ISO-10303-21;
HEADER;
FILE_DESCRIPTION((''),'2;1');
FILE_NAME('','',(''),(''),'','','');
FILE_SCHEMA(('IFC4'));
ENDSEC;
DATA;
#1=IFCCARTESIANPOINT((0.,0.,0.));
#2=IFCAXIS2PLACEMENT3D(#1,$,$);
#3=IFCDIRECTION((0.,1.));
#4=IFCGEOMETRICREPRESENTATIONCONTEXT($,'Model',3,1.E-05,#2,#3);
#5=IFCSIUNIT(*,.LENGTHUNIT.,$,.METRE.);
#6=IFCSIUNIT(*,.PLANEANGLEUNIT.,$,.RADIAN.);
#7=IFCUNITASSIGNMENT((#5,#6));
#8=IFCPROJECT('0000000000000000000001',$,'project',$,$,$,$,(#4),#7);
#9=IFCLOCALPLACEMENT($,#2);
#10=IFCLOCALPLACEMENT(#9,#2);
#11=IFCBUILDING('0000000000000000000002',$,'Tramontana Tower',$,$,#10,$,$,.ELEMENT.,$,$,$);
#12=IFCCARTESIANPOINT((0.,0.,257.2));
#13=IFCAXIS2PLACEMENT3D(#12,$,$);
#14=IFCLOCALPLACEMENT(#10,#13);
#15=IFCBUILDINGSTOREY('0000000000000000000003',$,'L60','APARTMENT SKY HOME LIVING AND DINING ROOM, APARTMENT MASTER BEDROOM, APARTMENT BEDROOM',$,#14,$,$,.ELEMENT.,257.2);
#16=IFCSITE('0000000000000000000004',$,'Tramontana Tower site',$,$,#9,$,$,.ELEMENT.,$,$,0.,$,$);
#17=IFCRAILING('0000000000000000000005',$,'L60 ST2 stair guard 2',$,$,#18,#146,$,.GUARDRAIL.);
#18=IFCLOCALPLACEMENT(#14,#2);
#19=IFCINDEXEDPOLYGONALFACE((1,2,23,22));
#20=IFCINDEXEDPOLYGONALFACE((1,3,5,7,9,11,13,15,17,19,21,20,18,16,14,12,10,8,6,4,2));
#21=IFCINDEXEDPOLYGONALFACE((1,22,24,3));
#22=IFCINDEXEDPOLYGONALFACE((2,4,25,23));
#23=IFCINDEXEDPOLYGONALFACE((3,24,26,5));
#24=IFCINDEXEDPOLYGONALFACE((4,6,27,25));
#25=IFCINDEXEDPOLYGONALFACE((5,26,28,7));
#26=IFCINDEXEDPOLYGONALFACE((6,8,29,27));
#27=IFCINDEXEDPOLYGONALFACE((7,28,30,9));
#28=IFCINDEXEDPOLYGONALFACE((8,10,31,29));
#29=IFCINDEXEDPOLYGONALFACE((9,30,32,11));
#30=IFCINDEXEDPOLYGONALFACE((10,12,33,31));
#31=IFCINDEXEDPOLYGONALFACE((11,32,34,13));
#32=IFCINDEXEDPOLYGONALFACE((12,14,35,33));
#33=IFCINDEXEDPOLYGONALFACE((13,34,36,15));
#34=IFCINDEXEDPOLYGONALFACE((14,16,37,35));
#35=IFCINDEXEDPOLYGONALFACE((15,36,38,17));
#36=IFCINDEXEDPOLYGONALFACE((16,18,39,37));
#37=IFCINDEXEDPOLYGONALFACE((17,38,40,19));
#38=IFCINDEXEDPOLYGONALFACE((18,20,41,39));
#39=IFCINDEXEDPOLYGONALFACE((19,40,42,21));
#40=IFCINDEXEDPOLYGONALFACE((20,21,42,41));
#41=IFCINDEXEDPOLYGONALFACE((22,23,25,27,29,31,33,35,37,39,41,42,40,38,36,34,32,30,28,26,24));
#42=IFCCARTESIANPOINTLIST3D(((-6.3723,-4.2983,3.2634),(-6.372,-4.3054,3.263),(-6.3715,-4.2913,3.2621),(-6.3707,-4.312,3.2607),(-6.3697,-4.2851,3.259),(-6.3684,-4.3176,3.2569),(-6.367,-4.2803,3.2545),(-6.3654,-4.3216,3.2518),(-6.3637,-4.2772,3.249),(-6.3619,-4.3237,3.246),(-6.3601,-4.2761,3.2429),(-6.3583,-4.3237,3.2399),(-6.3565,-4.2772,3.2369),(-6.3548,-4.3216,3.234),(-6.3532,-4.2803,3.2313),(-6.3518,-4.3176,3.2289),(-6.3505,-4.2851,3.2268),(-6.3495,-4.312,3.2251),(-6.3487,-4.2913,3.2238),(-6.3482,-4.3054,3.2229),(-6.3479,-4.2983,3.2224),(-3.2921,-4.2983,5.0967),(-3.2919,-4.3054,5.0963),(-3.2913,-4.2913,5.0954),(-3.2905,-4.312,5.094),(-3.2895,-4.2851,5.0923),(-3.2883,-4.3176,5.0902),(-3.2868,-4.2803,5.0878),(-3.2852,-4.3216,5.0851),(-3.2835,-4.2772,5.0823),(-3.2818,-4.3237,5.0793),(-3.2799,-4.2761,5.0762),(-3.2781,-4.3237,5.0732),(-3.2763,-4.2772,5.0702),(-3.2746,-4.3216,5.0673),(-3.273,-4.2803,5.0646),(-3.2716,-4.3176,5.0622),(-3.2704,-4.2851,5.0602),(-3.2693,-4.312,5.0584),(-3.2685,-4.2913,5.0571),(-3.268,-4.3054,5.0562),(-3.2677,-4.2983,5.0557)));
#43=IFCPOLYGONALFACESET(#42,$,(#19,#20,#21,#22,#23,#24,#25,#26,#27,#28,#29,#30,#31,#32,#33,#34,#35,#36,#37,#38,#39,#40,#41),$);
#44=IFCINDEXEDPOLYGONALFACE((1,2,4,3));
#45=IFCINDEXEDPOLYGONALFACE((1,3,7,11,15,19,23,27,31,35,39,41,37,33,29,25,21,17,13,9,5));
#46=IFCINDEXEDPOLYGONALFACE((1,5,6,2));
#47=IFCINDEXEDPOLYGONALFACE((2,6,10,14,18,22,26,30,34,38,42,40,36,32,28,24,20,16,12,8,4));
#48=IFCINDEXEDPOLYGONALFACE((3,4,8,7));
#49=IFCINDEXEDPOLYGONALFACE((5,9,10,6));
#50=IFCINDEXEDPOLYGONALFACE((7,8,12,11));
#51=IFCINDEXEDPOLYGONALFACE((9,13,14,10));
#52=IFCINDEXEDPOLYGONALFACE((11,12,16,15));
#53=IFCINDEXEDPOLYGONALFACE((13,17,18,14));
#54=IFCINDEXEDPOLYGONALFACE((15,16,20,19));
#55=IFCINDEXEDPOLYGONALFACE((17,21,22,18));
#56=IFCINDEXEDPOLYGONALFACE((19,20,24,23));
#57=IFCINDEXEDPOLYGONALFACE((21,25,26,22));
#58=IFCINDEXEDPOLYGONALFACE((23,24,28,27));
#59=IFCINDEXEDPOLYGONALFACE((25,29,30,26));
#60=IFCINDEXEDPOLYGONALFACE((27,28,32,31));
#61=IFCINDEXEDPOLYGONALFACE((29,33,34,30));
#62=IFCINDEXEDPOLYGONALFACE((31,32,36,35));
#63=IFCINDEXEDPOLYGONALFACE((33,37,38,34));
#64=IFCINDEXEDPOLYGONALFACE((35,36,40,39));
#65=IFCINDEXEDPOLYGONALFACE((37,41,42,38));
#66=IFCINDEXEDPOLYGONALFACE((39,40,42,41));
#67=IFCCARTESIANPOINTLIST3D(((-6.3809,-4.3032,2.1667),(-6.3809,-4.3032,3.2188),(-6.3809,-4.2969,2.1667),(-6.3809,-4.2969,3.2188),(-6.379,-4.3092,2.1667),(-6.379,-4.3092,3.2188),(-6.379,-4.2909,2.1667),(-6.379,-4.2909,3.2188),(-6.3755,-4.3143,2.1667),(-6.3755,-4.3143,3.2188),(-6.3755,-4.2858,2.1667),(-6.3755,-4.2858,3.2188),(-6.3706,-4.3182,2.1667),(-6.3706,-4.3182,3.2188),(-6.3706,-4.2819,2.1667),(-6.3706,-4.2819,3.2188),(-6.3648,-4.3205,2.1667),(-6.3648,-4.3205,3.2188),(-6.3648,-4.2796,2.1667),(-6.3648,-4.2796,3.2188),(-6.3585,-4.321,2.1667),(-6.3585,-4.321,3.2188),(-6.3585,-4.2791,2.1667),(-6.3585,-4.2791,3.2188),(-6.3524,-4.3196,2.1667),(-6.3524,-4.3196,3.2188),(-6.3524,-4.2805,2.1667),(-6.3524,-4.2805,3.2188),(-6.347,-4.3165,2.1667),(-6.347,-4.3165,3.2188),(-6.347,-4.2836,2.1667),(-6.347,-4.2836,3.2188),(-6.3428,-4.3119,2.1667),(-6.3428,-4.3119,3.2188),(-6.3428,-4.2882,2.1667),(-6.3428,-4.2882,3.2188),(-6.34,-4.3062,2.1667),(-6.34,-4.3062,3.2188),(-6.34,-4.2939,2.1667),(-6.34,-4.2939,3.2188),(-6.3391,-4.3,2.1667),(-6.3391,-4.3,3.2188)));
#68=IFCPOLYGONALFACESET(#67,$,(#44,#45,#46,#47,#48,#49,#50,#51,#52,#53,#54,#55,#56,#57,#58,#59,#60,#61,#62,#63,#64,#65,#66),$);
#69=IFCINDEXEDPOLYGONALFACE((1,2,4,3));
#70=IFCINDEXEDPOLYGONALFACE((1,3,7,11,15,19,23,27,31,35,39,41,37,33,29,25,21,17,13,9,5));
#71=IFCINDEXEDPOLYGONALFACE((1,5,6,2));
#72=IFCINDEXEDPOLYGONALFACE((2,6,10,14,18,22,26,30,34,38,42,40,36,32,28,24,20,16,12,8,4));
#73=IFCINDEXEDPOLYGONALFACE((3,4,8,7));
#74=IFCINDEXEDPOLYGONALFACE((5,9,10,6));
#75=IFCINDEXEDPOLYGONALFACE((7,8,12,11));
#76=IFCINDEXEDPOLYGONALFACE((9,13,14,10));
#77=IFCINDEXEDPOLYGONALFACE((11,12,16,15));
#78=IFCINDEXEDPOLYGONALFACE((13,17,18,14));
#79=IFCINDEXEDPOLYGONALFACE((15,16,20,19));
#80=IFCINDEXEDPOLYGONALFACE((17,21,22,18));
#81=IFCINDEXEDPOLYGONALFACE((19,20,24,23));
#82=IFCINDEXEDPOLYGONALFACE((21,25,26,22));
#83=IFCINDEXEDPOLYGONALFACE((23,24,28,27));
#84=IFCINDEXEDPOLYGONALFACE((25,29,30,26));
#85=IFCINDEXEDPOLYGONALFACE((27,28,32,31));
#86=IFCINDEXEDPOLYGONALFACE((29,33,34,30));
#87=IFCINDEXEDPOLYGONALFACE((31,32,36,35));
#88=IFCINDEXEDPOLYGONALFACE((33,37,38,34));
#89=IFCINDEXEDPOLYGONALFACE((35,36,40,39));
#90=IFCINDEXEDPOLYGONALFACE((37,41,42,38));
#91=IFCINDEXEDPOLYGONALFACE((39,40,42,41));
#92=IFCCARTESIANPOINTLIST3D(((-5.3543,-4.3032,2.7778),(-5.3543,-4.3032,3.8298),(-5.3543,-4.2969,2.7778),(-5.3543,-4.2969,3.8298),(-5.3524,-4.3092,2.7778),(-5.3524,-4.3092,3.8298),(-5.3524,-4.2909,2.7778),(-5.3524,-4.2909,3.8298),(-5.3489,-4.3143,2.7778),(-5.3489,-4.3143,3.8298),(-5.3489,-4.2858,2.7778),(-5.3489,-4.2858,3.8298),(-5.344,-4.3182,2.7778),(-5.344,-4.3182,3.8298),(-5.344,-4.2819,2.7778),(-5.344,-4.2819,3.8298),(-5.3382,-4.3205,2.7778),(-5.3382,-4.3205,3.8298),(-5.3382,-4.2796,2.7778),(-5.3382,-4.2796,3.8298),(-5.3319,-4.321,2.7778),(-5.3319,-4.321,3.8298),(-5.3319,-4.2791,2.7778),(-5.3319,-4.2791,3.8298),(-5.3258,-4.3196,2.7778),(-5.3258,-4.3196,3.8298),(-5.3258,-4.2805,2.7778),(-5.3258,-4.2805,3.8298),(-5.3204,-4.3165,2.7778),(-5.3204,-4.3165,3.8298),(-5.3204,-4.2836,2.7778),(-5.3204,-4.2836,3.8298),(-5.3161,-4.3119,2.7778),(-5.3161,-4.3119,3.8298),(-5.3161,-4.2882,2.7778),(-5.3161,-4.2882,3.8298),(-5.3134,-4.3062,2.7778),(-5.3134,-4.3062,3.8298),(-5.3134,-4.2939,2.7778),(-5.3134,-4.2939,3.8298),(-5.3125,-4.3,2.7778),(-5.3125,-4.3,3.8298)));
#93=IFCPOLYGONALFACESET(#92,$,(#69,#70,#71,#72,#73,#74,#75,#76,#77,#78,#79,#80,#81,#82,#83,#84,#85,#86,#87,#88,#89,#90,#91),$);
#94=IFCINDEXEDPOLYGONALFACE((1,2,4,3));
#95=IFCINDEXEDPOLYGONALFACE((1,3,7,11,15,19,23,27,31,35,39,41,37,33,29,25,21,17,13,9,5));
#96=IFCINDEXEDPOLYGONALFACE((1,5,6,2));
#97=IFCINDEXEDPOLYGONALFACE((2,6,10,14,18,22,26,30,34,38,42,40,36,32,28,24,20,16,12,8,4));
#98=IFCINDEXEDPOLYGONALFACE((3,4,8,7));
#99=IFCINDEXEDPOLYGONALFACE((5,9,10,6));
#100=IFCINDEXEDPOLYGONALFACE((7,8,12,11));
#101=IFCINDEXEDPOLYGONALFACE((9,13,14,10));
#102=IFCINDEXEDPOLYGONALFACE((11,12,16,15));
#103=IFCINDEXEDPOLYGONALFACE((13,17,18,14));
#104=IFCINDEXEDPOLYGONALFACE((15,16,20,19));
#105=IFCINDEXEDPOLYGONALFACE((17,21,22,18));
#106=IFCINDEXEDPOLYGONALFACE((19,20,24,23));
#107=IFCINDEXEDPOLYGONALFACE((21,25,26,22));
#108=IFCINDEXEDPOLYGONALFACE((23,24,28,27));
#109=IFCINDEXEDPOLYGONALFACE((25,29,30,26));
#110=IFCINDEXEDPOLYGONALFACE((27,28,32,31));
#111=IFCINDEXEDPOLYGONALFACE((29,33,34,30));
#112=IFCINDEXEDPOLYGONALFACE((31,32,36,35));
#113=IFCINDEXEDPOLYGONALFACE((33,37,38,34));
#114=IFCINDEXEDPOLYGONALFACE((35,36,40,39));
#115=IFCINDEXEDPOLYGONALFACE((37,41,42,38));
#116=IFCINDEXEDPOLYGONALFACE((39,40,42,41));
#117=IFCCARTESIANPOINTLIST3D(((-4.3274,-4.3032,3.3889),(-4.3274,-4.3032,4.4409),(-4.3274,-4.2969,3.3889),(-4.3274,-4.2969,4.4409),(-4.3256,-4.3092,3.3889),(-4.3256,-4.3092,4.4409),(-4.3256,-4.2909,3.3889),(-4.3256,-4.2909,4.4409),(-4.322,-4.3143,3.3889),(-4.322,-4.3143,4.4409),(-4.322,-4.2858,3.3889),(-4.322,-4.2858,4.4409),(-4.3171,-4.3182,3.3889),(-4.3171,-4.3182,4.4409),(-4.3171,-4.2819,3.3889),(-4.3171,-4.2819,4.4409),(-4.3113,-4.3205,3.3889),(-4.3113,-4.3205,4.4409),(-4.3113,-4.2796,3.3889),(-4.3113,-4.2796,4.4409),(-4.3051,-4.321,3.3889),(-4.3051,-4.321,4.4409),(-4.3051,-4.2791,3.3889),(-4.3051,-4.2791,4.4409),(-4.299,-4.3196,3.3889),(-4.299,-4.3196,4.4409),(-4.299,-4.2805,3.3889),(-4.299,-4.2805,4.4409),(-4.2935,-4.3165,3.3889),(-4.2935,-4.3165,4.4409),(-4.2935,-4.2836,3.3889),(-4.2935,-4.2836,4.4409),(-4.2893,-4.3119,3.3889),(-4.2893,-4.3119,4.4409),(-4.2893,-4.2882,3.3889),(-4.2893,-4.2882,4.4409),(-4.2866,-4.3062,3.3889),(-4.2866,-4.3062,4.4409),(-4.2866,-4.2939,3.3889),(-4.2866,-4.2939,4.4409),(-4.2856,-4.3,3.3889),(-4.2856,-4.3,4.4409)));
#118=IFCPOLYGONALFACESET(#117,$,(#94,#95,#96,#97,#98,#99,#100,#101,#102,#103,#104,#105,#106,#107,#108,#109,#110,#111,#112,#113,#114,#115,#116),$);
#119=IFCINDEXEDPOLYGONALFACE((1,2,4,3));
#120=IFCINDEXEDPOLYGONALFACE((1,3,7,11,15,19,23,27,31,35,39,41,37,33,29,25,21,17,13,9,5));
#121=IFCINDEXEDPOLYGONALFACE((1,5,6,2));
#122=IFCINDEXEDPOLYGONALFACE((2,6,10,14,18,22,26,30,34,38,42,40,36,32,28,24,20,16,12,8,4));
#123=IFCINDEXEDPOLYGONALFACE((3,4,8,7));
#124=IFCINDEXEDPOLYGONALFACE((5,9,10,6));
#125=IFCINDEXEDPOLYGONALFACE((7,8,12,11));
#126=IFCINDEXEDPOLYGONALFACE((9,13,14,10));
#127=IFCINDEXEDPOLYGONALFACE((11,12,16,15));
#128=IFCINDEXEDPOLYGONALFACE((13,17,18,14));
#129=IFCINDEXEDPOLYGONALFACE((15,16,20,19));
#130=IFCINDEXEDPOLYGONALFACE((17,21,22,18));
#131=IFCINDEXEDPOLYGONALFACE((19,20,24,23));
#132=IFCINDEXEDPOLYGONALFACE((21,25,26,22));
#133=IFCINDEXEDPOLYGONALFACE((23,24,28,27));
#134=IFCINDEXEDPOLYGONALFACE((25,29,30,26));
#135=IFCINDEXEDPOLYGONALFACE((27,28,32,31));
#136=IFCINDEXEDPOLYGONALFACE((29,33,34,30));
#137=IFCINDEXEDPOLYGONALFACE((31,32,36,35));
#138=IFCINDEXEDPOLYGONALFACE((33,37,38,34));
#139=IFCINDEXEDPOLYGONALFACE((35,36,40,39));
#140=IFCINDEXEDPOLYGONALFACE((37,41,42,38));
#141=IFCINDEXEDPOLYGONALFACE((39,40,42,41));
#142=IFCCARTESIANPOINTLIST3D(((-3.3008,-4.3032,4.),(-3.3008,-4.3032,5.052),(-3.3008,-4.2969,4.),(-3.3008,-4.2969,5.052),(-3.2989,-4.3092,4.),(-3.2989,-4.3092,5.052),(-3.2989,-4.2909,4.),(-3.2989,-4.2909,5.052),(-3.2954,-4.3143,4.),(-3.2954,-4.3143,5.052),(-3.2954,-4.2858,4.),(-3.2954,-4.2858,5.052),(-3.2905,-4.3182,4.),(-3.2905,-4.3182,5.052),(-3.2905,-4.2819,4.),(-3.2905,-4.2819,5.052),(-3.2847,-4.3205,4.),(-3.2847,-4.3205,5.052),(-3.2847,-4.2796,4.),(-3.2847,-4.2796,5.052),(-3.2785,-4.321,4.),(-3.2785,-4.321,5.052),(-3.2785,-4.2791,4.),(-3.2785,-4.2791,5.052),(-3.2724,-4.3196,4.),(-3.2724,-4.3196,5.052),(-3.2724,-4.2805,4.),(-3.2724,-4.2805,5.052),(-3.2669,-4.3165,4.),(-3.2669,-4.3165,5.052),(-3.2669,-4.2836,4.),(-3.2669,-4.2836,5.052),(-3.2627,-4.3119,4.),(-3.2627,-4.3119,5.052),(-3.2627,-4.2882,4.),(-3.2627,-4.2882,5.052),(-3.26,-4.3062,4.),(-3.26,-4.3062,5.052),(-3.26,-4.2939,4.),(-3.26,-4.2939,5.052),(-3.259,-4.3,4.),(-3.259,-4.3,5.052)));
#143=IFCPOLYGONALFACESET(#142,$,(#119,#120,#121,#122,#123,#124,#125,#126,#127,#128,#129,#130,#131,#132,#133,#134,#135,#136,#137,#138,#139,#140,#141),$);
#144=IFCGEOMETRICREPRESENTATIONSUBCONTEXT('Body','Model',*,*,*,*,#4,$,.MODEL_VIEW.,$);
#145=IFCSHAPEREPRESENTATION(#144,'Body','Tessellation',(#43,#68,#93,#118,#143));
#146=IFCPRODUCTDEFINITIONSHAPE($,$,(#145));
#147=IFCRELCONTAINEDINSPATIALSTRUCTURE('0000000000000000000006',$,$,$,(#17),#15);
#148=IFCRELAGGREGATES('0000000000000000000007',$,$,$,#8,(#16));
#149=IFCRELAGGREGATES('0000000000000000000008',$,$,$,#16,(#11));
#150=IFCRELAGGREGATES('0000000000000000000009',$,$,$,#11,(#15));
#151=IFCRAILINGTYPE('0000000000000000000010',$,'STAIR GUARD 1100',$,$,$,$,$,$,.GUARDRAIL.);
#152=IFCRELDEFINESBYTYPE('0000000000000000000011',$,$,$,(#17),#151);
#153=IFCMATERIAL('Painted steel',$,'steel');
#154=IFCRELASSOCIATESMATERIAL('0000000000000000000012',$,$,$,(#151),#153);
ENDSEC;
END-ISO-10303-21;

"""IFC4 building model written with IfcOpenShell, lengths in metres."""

from ifc_helpers import new_model, si_unit, direction, frame, origin, origin_2d, place, context, subcontext, project, spatial, circle, extrude, material, type_object, element, save


model = new_model("IFC4")

# Units and contexts
model_context = context("Model", 3, precision=1e-05, world=origin(), true_north=direction((0.0, 1.0)))
body_context = subcontext(model_context, "Body", "Model", "MODEL_VIEW")
ifc_project = project(units=[si_unit("LENGTHUNIT", "METRE"), si_unit("PLANEANGLEUNIT", "RADIAN")], contexts=[model_context])

# Site, building, storey
site_placement = place(None, origin())
site = spatial("IfcSite", under=ifc_project, at=site_placement, Name="Tramontana Tower site", CompositionType="ELEMENT", RefElevation=0.0)
building_placement = place(site_placement, origin())
building = spatial("IfcBuilding", under=site, at=building_placement, Name="Tramontana Tower", CompositionType="ELEMENT")
storey_placement = place(building_placement, frame((0.0, 0.0, 257.2)))
storey = spatial("IfcBuildingStorey", under=building, at=storey_placement, Name="L60", Description="APARTMENT SKY HOME LIVING AND DINING ROOM, APARTMENT MASTER BEDROOM, APARTMENT BEDROOM", CompositionType="ELEMENT", Elevation=257.2)

# Railing
ifc_material_1 = material(Name="Painted steel", Category="steel")
railing_type_1 = type_object("IfcRailingType", Name="STAIR GUARD 1100", PredefinedType="GUARDRAIL", material=ifc_material_1)
railing_1_placement = place(storey_placement, frame((-6.3601, -4.3, 2.1667)))
element("IfcRailing", 1, at=railing_1_placement, inside=storey, type_object=railing_type_1, Name="L60 ST2 stair guard 2", PredefinedType="GUARDRAIL", context=body_context, shape_type="SweptSolid", body=[
    extrude(circle(Radius=0.0239, at=origin_2d()), frame((0.0, 0.0, 1.0762), z_axis=(0.859309, 0.0, 0.511458), x_axis=(0.0, 1.0, 0.0)), (0.0, 0.0, 1.0), 3.5845),
    extrude(circle(Radius=0.021, at=origin_2d()), origin(), (0.0, 0.0, 1.0), 1.052),
    extrude(circle(Radius=0.021, at=origin_2d()), frame((1.0266, 0.0, 0.6111)), (0.0, 0.0, 1.0), 1.052),
    extrude(circle(Radius=0.021, at=origin_2d()), frame((2.0535, 0.0, 1.2222)), (0.0, 0.0, 1.0), 1.052),
    extrude(circle(Radius=0.021, at=origin_2d()), frame((3.0801, 0.0, 1.8333)), (0.0, 0.0, 1.0), 1.052),
])

save(model, "model.ifc")
